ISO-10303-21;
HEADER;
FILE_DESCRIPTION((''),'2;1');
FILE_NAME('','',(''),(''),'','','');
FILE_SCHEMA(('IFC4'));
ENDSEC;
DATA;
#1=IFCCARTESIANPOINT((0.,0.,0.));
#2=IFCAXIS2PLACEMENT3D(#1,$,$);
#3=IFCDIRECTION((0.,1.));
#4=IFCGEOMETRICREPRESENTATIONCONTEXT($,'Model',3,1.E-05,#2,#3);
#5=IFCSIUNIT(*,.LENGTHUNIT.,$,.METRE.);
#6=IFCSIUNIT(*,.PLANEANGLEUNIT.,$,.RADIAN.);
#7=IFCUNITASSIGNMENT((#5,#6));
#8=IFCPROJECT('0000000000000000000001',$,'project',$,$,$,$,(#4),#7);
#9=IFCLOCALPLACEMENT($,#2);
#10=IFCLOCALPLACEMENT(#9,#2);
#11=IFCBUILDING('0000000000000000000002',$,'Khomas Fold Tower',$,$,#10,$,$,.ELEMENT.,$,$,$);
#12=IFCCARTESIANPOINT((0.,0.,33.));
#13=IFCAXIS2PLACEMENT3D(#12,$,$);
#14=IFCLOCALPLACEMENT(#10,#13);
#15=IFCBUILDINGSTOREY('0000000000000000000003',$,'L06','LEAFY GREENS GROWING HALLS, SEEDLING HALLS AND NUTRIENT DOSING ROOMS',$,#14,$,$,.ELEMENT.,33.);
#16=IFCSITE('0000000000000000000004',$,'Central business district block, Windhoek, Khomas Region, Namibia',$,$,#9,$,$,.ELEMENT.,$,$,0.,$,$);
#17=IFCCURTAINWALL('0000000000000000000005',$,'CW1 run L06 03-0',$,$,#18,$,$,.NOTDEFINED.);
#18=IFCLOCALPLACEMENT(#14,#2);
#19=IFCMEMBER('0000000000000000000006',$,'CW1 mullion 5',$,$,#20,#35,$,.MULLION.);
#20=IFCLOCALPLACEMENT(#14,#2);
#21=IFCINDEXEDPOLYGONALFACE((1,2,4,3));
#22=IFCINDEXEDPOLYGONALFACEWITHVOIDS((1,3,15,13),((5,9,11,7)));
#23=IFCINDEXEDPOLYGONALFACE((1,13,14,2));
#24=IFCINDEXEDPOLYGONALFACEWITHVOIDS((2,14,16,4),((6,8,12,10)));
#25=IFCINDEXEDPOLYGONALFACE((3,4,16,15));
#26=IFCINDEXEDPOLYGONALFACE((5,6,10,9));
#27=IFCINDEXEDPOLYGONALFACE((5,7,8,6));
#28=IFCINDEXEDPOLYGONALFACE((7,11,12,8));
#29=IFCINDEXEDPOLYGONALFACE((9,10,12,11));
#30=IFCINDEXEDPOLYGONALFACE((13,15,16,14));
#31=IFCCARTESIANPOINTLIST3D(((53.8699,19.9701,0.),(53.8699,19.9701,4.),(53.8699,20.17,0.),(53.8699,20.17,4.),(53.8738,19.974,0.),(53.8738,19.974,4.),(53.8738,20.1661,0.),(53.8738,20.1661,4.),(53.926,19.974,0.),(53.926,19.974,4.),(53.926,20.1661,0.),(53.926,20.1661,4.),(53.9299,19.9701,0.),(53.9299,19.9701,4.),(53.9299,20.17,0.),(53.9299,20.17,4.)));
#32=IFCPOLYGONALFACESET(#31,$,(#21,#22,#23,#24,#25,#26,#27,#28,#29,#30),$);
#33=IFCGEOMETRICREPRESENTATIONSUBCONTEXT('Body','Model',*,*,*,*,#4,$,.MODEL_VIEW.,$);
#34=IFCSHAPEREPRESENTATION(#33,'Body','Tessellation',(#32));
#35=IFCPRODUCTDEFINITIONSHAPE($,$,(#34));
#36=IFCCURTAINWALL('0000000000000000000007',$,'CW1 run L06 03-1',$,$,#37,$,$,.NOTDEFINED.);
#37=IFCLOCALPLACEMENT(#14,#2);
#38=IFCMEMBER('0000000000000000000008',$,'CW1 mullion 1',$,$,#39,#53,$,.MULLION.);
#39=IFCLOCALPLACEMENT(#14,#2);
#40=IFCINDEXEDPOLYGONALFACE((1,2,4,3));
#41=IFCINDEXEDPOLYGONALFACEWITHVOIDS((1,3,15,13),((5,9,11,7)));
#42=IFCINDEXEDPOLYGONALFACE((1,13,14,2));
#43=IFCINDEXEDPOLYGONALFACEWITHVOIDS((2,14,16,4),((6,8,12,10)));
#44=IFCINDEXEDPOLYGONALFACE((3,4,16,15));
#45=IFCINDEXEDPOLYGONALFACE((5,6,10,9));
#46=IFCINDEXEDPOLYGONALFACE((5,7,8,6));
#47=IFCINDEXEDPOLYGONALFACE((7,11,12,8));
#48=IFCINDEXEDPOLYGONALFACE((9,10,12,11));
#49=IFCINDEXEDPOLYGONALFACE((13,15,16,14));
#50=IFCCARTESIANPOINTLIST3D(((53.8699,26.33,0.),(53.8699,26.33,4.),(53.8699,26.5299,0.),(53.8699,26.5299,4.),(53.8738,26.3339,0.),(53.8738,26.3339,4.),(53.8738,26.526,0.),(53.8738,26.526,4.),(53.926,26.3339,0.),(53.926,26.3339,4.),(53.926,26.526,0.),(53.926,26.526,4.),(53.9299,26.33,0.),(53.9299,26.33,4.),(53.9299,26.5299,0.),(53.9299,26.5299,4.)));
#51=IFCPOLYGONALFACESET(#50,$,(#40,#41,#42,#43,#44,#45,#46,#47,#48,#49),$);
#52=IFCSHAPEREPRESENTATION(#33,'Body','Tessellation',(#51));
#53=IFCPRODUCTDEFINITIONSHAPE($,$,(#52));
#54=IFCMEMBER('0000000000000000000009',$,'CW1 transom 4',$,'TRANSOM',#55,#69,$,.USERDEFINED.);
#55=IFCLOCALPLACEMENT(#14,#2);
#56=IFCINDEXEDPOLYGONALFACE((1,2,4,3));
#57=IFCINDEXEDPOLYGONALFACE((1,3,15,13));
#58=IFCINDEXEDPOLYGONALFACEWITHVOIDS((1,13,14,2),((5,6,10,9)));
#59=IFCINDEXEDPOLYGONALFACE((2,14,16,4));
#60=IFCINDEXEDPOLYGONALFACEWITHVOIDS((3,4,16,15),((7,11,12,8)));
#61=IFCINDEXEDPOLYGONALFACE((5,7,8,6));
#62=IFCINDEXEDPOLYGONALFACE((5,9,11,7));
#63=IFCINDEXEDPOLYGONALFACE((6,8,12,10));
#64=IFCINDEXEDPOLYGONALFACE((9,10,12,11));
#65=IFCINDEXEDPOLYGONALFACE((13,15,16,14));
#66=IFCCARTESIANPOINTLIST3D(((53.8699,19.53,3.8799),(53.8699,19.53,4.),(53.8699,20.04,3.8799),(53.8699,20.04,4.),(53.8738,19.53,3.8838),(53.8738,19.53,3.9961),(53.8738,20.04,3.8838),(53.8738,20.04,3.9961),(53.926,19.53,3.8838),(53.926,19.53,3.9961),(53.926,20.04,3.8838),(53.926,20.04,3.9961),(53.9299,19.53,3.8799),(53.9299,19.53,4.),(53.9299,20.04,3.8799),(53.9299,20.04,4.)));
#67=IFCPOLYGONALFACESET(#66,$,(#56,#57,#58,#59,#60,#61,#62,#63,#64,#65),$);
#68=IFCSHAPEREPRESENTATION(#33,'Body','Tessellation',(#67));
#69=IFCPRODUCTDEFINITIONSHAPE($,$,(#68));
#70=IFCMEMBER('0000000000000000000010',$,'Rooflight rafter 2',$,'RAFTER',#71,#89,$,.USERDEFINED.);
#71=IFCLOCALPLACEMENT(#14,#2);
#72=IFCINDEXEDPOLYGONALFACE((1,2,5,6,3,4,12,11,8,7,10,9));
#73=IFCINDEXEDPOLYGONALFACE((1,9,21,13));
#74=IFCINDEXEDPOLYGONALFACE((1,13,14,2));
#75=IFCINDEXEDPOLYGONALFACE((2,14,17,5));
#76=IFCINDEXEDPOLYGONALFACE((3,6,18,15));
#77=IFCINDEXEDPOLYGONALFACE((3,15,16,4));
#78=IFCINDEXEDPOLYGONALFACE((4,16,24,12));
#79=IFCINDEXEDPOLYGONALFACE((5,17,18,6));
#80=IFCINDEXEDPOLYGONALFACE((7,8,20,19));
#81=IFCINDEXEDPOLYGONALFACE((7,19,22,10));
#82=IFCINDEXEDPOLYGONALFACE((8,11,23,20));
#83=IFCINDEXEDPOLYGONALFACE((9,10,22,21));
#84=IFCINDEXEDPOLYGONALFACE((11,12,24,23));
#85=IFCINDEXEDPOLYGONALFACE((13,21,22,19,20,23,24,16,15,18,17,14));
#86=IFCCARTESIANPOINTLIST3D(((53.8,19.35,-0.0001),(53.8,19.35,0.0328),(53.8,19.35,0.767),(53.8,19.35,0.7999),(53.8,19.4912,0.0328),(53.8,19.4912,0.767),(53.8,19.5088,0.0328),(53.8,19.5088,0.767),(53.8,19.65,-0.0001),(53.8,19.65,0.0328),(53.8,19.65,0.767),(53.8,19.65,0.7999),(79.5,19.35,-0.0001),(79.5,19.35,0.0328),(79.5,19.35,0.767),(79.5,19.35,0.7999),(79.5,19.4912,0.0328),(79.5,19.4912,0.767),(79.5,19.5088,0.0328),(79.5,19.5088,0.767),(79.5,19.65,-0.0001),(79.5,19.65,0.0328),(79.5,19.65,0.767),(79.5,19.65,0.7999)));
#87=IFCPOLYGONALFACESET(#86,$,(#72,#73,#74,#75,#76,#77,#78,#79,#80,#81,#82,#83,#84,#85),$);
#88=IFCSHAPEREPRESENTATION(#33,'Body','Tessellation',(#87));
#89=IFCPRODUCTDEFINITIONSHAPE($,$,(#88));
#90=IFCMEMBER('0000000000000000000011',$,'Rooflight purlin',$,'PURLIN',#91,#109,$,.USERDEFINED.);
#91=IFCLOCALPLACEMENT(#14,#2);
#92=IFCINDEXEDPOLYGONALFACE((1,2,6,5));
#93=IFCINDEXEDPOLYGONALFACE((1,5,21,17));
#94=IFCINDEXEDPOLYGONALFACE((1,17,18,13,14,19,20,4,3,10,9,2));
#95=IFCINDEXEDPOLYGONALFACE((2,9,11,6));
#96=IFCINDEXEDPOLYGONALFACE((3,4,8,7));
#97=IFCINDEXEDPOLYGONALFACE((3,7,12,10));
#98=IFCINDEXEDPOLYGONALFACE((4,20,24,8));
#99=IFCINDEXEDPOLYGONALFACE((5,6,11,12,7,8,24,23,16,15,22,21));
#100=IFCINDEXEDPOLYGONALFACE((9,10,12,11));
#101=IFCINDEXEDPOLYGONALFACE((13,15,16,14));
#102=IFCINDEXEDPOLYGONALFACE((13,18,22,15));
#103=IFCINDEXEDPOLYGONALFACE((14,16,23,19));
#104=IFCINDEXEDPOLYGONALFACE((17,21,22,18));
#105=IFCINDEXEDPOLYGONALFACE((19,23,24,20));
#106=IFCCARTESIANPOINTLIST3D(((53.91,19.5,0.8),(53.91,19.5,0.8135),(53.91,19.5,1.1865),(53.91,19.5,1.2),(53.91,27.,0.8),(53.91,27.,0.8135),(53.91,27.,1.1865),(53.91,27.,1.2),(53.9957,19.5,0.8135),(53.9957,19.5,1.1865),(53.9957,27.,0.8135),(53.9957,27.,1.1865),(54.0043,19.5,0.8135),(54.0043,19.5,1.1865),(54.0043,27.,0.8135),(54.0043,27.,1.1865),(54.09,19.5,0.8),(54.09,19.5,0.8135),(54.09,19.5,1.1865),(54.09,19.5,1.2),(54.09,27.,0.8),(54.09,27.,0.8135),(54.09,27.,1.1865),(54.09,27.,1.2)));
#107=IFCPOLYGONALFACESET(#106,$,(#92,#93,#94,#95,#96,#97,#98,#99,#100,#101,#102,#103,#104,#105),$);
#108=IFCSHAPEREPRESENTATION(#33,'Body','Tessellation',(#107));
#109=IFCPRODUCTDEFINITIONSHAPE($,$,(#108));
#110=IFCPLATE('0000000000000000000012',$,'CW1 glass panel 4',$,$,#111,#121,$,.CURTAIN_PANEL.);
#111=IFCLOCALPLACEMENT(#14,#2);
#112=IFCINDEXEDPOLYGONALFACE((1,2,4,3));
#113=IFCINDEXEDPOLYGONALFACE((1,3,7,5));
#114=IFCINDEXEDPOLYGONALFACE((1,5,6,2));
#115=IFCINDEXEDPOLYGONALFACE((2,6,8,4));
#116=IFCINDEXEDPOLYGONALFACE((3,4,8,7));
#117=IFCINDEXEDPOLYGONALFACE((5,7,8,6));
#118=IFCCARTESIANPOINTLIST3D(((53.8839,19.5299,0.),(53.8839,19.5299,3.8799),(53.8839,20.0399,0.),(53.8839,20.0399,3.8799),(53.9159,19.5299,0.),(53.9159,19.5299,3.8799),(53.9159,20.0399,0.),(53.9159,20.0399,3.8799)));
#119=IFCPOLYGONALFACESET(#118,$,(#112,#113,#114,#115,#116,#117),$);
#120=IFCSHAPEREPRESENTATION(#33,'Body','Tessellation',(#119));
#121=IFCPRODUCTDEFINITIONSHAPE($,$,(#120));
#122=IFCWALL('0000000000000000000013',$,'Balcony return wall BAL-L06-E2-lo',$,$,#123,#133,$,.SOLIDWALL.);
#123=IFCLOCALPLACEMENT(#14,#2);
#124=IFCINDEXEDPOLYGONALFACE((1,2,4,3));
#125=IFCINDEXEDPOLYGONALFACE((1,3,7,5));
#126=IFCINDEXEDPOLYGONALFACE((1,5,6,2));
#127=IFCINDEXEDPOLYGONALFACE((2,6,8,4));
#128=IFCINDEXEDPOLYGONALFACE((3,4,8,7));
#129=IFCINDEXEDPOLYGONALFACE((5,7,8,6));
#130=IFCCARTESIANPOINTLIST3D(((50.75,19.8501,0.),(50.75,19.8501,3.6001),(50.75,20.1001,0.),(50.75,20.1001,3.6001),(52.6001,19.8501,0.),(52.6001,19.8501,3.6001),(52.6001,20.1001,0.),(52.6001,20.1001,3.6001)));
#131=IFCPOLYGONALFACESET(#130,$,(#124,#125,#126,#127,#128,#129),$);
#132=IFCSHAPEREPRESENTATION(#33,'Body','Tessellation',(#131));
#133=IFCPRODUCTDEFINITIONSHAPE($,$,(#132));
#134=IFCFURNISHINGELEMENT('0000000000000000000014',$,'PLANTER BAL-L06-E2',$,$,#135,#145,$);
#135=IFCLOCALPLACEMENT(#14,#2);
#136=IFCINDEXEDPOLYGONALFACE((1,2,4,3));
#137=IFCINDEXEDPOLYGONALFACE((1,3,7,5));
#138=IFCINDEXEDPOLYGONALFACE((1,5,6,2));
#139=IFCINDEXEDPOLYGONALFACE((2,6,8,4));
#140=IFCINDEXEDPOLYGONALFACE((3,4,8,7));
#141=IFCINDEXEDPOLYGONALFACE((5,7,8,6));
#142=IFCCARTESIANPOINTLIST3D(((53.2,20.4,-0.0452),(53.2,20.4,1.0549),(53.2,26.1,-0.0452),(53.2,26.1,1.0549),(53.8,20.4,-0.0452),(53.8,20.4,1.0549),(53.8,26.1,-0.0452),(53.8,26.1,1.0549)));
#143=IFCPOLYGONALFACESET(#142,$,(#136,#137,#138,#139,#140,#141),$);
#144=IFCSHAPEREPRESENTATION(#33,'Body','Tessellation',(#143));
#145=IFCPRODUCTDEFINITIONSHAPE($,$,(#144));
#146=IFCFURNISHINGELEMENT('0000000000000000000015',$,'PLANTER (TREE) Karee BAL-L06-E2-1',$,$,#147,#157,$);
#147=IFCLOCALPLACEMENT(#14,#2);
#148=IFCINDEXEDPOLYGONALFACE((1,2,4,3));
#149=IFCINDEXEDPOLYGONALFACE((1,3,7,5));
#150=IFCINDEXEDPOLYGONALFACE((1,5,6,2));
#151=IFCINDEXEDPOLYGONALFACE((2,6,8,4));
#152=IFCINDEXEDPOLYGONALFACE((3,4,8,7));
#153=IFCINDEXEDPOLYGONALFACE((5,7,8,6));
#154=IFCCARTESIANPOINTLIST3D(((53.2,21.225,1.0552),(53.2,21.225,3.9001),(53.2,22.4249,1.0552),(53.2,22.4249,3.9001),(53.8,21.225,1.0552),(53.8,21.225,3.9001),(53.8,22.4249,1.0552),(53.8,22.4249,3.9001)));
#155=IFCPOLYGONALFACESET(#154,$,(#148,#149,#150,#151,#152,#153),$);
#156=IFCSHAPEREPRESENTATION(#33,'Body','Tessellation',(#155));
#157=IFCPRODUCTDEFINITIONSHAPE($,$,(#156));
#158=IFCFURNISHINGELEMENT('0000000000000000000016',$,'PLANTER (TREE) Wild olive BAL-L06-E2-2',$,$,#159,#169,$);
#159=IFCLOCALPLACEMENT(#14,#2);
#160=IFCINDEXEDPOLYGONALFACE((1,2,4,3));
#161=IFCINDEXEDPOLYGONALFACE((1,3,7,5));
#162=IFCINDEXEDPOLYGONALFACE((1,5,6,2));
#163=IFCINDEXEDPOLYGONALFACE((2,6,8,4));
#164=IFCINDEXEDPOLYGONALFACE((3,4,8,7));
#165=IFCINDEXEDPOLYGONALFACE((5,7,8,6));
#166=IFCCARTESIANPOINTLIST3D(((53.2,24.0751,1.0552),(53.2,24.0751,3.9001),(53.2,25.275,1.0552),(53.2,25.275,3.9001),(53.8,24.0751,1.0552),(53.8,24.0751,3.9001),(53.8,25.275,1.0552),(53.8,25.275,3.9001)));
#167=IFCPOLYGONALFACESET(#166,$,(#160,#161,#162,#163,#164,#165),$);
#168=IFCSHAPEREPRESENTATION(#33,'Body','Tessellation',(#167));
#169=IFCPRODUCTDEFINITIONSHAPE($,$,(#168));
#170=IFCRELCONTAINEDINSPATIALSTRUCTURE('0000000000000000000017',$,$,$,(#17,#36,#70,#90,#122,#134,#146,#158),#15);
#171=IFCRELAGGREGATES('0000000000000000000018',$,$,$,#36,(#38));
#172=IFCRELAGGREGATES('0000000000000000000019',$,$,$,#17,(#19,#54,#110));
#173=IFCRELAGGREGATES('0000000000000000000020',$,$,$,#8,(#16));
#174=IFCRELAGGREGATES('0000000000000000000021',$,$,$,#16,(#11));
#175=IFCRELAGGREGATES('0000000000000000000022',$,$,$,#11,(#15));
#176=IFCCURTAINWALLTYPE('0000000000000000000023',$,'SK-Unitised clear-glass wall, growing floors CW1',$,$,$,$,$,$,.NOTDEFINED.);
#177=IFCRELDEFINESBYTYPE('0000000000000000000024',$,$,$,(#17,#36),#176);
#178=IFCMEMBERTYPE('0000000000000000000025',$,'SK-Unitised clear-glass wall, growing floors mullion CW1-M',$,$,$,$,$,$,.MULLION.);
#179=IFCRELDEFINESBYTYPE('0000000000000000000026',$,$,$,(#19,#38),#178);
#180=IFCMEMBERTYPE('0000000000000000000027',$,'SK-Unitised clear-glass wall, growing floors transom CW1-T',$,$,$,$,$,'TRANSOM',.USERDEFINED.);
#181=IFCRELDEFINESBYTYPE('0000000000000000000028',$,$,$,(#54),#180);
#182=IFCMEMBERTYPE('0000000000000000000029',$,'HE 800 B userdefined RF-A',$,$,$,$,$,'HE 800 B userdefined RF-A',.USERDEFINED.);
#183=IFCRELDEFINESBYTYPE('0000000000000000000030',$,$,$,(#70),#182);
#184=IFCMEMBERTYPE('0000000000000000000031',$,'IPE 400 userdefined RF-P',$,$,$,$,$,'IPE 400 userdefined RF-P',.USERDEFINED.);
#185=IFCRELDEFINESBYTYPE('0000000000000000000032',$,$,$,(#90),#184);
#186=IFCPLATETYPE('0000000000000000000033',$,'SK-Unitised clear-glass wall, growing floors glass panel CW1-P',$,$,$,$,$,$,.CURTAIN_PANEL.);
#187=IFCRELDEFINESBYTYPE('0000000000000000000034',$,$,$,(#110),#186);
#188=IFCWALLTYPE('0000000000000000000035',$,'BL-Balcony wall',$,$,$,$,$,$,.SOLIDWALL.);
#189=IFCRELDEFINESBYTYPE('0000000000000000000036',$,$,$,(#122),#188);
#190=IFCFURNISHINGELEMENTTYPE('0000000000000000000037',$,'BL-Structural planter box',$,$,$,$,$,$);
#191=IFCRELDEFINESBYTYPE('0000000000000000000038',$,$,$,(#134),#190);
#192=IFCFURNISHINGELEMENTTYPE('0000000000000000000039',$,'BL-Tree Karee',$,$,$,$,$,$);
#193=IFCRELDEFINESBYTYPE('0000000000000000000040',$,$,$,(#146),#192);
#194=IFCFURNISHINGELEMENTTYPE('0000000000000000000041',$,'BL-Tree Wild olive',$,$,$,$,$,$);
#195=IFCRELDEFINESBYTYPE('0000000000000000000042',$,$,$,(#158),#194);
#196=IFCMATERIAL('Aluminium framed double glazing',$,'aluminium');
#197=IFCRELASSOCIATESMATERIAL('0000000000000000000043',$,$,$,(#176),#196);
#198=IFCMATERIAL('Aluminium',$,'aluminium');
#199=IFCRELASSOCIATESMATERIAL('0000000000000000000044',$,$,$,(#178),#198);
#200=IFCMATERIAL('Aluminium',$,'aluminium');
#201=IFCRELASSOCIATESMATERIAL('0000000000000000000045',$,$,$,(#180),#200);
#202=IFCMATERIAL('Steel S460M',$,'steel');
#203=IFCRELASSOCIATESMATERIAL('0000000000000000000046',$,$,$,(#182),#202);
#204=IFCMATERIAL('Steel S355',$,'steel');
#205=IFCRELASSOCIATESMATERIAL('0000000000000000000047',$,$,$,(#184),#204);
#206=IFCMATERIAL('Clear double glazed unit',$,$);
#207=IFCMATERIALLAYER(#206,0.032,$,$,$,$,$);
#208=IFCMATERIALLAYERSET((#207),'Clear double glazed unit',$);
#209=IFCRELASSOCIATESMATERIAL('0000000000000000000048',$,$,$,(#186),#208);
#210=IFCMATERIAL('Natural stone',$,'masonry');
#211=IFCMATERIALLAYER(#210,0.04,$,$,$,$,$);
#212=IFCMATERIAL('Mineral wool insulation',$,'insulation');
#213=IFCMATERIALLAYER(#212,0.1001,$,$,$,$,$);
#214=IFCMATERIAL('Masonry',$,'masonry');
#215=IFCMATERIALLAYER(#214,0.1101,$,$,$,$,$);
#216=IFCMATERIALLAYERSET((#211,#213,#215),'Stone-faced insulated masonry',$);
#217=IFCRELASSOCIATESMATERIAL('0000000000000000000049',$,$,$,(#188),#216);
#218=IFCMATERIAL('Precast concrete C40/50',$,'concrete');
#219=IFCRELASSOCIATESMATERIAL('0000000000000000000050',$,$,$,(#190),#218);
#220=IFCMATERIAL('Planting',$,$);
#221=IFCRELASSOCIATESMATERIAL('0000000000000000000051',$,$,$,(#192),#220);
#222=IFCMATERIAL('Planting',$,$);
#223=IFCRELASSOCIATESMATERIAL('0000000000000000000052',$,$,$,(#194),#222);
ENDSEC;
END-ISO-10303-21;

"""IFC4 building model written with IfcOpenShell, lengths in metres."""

from ifc_helpers import new_model, si_unit, direction, frame, frame_2d, origin, origin_2d, place, context, subcontext, project, spatial, rectangle, hollow_rectangle, i_section, extrude, source, transform, mapped, material, layer, layer_set, material_profile, profile_set, type_object, element, aggregate, save


model = new_model("IFC4")

# Units and contexts
model_context = context("Model", 3, precision=1e-05, world=origin(), true_north=direction((0.0, 1.0)))
body_context = subcontext(model_context, "Body", "Model", "MODEL_VIEW")
ifc_project = project(units=[si_unit("LENGTHUNIT", "METRE"), si_unit("PLANEANGLEUNIT", "RADIAN")], contexts=[model_context])

# Site, building, storey
site_placement = place(None, origin())
site = spatial("IfcSite", under=ifc_project, at=site_placement, Name="Central business district block, Windhoek, Khomas Region, Namibia", CompositionType="ELEMENT", RefElevation=0.0)
building_placement = place(site_placement, origin())
building = spatial("IfcBuilding", under=site, at=building_placement, Name="Khomas Fold Tower", CompositionType="ELEMENT")
storey_placement = place(building_placement, frame((0.0, 0.0, 33.0)))
storey = spatial("IfcBuildingStorey", under=building, at=storey_placement, Name="L06", Description="LEAFY GREENS GROWING HALLS, SEEDLING HALLS AND NUTRIENT DOSING ROOMS", CompositionType="ELEMENT", Elevation=33.0)

# Curtain wall, member
ifc_material_1 = material(Name="Aluminium framed double glazing", Category="aluminium")
curtain_wall_type = type_object("IfcCurtainWallType", Name="SK-Unitised clear-glass wall, growing floors CW1", PredefinedType="NOTDEFINED", material=ifc_material_1)
curtain_wall_1_placement = place(storey_placement, origin())
curtain_wall_1 = element("IfcCurtainWall", 1, at=curtain_wall_1_placement, inside=storey, type_object=curtain_wall_type, Name="CW1 run L06 03-0", PredefinedType="NOTDEFINED")
ifc_material_2 = material(Name="Aluminium", Category="aluminium")
ifc_material_profile_1 = material_profile(ifc_material_2, hollow_rectangle(XDim=0.0601, YDim=0.2, WallThickness=0.0039, at=origin_2d()), Name="SK-Unitised clear-glass wall, growing floors mullion CW1-M")
ifc_profile_set_1 = profile_set([ifc_material_profile_1], Name="Aluminium")
member_type_1 = type_object("IfcMemberType", Name="SK-Unitised clear-glass wall, growing floors mullion CW1-M", PredefinedType="MULLION", material=ifc_profile_set_1)
shared_shape_1 = source(origin(), body_context, "Body", "SweptSolid", [
    extrude(hollow_rectangle(XDim=0.0601, YDim=0.2, WallThickness=0.0039, at=origin_2d()), origin(), (0.0, 0.0, 1.0), 4.0),
])
member_1_placement = place(storey_placement, frame((53.8999, 20.0701, 0.0), z_axis=(0.0, 0.0, 1.0), x_axis=(-1.0, 0.0, 0.0)))
member_1 = element("IfcMember", 2, at=member_1_placement, type_object=member_type_1, Name="CW1 mullion 5", PredefinedType="MULLION", context=body_context, shape_type="MappedRepresentation", body=[
    mapped(shared_shape_1, transform((0.0, 0.0, 0.0))),
])

# Curtain wall, member
curtain_wall_2_placement = place(storey_placement, origin())
curtain_wall_2 = element("IfcCurtainWall", 3, at=curtain_wall_2_placement, inside=storey, type_object=curtain_wall_type, Name="CW1 run L06 03-1", PredefinedType="NOTDEFINED")
member_2_placement = place(storey_placement, frame((53.8999, 26.4299, 0.0), z_axis=(0.0, 0.0, 1.0), x_axis=(-1.0, 0.0, 0.0)))
member_2 = element("IfcMember", 4, at=member_2_placement, type_object=member_type_1, Name="CW1 mullion 1", PredefinedType="MULLION", context=body_context, shape_type="MappedRepresentation", body=[
    mapped(shared_shape_1, transform((0.0, 0.0, 0.0))),
])
aggregate(curtain_wall_2, [member_2])

# Member
ifc_material_3 = material(Name="Aluminium", Category="aluminium")
ifc_material_profile_2 = material_profile(ifc_material_3, hollow_rectangle(XDim=0.0601, YDim=0.1201, WallThickness=0.0039, at=origin_2d()), Name="SK-Unitised clear-glass wall, growing floors transom CW1-T")
ifc_profile_set_2 = profile_set([ifc_material_profile_2], Name="Aluminium")
member_type_2 = type_object("IfcMemberType", Name="SK-Unitised clear-glass wall, growing floors transom CW1-T", ElementType="TRANSOM", PredefinedType="USERDEFINED", material=ifc_profile_set_2)
shared_shape_2 = source(origin(), body_context, "Body", "SweptSolid", [
    extrude(hollow_rectangle(XDim=0.0601, YDim=0.1201, WallThickness=0.0039, at=origin_2d()), origin(), (0.0, 0.0, 1.0), 0.51),
])
member_3_placement = place(storey_placement, frame((53.8999, 19.53, 3.9399), z_axis=(0.0, 1.0, 0.0), x_axis=(-1.0, 0.0, 0.0)))
member_3 = element("IfcMember", 5, at=member_3_placement, type_object=member_type_2, Name="CW1 transom 4", ObjectType="TRANSOM", PredefinedType="USERDEFINED", context=body_context, shape_type="MappedRepresentation", body=[
    mapped(shared_shape_2, transform((0.0, 0.0, 0.0))),
])

# Members
ifc_material_4 = material(Name="Steel S460M", Category="steel")
ifc_material_profile_3 = material_profile(ifc_material_4, i_section(OverallWidth=0.3, OverallDepth=0.8, WebThickness=0.0176, FlangeThickness=0.033, at=origin_2d()), Name="HE 800 B")
ifc_profile_set_3 = profile_set([ifc_material_profile_3], Name="Steel S460M")
member_type_3 = type_object("IfcMemberType", Name="HE 800 B userdefined RF-A", ElementType="HE 800 B userdefined RF-A", PredefinedType="USERDEFINED", material=ifc_profile_set_3)
shared_shape_3 = source(origin(), body_context, "Body", "SweptSolid", [
    extrude(i_section(OverallWidth=0.3, OverallDepth=0.8, WebThickness=0.0176, FlangeThickness=0.033, at=origin_2d()), origin(), (0.0, 0.0, 1.0), 25.7),
])
member_4_placement = place(storey_placement, frame((53.8, 19.5, 0.3999), z_axis=(1.0, 0.0, 0.0), x_axis=(0.0, 1.0, 0.0)))
element("IfcMember", 6, at=member_4_placement, inside=storey, type_object=member_type_3, Name="Rooflight rafter 2", ObjectType="RAFTER", PredefinedType="USERDEFINED", context=body_context, shape_type="MappedRepresentation", body=[
    mapped(shared_shape_3, transform((0.0, 0.0, 0.0))),
])
ifc_material_5 = material(Name="Steel S355", Category="steel")
ifc_material_profile_4 = material_profile(ifc_material_5, i_section(OverallWidth=0.1799, OverallDepth=0.3999, WebThickness=0.0085, FlangeThickness=0.0134, at=origin_2d()), Name="IPE 400")
ifc_profile_set_4 = profile_set([ifc_material_profile_4], Name="Steel S355")
member_type_4 = type_object("IfcMemberType", Name="IPE 400 userdefined RF-P", ElementType="IPE 400 userdefined RF-P", PredefinedType="USERDEFINED", material=ifc_profile_set_4)
shared_shape_4 = source(origin(), body_context, "Body", "SweptSolid", [
    extrude(i_section(OverallWidth=0.1799, OverallDepth=0.3999, WebThickness=0.0085, FlangeThickness=0.0134, at=origin_2d()), origin(), (0.0, 0.0, 1.0), 7.5),
])
member_5_placement = place(storey_placement, frame((54.0, 19.5, 1.0), z_axis=(0.0, 1.0, 0.0), x_axis=(-1.0, 0.0, 0.0)))
element("IfcMember", 7, at=member_5_placement, inside=storey, type_object=member_type_4, Name="Rooflight purlin", ObjectType="PURLIN", PredefinedType="USERDEFINED", context=body_context, shape_type="MappedRepresentation", body=[
    mapped(shared_shape_4, transform((0.0, 0.0, 0.0))),
])

# Plate
ifc_material_6 = material(Name="Clear double glazed unit")
ifc_layer_1 = layer(ifc_material_6, 0.032)
ifc_layer_set_1 = layer_set([ifc_layer_1], Name="Clear double glazed unit")
plate_type = type_object("IfcPlateType", Name="SK-Unitised clear-glass wall, growing floors glass panel CW1-P", PredefinedType="CURTAIN_PANEL", material=ifc_layer_set_1)
shared_shape_5 = source(origin(), body_context, "Body", "SweptSolid", [
    extrude(rectangle(XDim=0.51, YDim=0.032, at=origin_2d()), origin(), (0.0, 0.0, 1.0), 3.8799),
])
plate_placement = place(storey_placement, frame((53.8999, 19.7849, 0.0), z_axis=(0.0, 0.0, 1.0), x_axis=(0.0, 1.0, 0.0)))
plate = element("IfcPlate", 8, at=plate_placement, type_object=plate_type, Name="CW1 glass panel 4", PredefinedType="CURTAIN_PANEL", context=body_context, shape_type="MappedRepresentation", body=[
    mapped(shared_shape_5, transform((0.0, 0.0, 0.0))),
])
aggregate(curtain_wall_1, [member_1, member_3, plate])

# Shared definitions
ifc_material_7 = material(Name="Natural stone", Category="masonry")
ifc_layer_2 = layer(ifc_material_7, 0.04)
ifc_material_8 = material(Name="Mineral wool insulation", Category="insulation")
ifc_layer_3 = layer(ifc_material_8, 0.1001)
ifc_material_9 = material(Name="Masonry", Category="masonry")
ifc_layer_4 = layer(ifc_material_9, 0.1101)
ifc_layer_set_2 = layer_set([ifc_layer_2, ifc_layer_3, ifc_layer_4], Name="Stone-faced insulated masonry")
wall_type = type_object("IfcWallType", Name="BL-Balcony wall", PredefinedType="SOLIDWALL", material=ifc_layer_set_2)

# Wall
shared_shape_6 = source(origin(), body_context, "Body", "SweptSolid", [
    extrude(rectangle(XDim=1.8501, YDim=0.25, at=frame_2d((0.925, 0.0))), origin(), (0.0, 0.0, 1.0), 3.6001),
])
wall_1_placement = place(storey_placement, frame((52.6001, 19.9751, 0.0), z_axis=(0.0, 0.0, 1.0), x_axis=(-1.0, 0.0, 0.0)))
element("IfcWall", 9, at=wall_1_placement, inside=storey, type_object=wall_type, Name="Balcony return wall BAL-L06-E2-lo", PredefinedType="SOLIDWALL", context=body_context, shape_type="MappedRepresentation", body=[
    mapped(shared_shape_6, transform((0.0, 0.0, 0.0))),
])

# Furnishing elements
ifc_material_10 = material(Name="Precast concrete C40/50", Category="concrete")
furnishing_element_type_1 = type_object("IfcFurnishingElementType", Name="BL-Structural planter box", material=ifc_material_10)
shared_shape_7 = source(origin(), body_context, "Body", "SweptSolid", [
    extrude(rectangle(XDim=5.7, YDim=0.6001, at=origin_2d()), origin(), (0.0, 0.0, 1.0), 1.1001),
])
furnishing_1_placement = place(storey_placement, frame((53.5, 23.25, -0.0452), z_axis=(0.0, 0.0, 1.0), x_axis=(0.0, 1.0, 0.0)))
element("IfcFurnishingElement", 10, at=furnishing_1_placement, inside=storey, type_object=furnishing_element_type_1, Name="PLANTER BAL-L06-E2", context=body_context, shape_type="MappedRepresentation", body=[
    mapped(shared_shape_7, transform((0.0, 0.0, 0.0))),
])
ifc_material_11 = material(Name="Planting")
furnishing_element_type_2 = type_object("IfcFurnishingElementType", Name="BL-Tree Karee", material=ifc_material_11)
shared_shape_8 = source(origin(), body_context, "Body", "SweptSolid", [
    extrude(rectangle(XDim=1.2, YDim=0.6001, at=origin_2d()), origin(), (0.0, 0.0, 1.0), 2.845),
])
furnishing_2_placement = place(storey_placement, frame((53.5, 21.825, 1.0552), z_axis=(0.0, 0.0, 1.0), x_axis=(0.0, 1.0, 0.0)))
element("IfcFurnishingElement", 11, at=furnishing_2_placement, inside=storey, type_object=furnishing_element_type_2, Name="PLANTER (TREE) Karee BAL-L06-E2-1", context=body_context, shape_type="MappedRepresentation", body=[
    mapped(shared_shape_8, transform((0.0, 0.0, 0.0))),
])
ifc_material_12 = material(Name="Planting")
furnishing_element_type_3 = type_object("IfcFurnishingElementType", Name="BL-Tree Wild olive", material=ifc_material_12)
furnishing_3_placement = place(storey_placement, frame((53.5, 24.675, 1.0552), z_axis=(0.0, 0.0, 1.0), x_axis=(0.0, 1.0, 0.0)))
element("IfcFurnishingElement", 12, at=furnishing_3_placement, inside=storey, type_object=furnishing_element_type_3, Name="PLANTER (TREE) Wild olive BAL-L06-E2-2", context=body_context, shape_type="MappedRepresentation", body=[
    mapped(shared_shape_8, transform((0.0, 0.0, 0.0))),
])

save(model, "model.ifc")
